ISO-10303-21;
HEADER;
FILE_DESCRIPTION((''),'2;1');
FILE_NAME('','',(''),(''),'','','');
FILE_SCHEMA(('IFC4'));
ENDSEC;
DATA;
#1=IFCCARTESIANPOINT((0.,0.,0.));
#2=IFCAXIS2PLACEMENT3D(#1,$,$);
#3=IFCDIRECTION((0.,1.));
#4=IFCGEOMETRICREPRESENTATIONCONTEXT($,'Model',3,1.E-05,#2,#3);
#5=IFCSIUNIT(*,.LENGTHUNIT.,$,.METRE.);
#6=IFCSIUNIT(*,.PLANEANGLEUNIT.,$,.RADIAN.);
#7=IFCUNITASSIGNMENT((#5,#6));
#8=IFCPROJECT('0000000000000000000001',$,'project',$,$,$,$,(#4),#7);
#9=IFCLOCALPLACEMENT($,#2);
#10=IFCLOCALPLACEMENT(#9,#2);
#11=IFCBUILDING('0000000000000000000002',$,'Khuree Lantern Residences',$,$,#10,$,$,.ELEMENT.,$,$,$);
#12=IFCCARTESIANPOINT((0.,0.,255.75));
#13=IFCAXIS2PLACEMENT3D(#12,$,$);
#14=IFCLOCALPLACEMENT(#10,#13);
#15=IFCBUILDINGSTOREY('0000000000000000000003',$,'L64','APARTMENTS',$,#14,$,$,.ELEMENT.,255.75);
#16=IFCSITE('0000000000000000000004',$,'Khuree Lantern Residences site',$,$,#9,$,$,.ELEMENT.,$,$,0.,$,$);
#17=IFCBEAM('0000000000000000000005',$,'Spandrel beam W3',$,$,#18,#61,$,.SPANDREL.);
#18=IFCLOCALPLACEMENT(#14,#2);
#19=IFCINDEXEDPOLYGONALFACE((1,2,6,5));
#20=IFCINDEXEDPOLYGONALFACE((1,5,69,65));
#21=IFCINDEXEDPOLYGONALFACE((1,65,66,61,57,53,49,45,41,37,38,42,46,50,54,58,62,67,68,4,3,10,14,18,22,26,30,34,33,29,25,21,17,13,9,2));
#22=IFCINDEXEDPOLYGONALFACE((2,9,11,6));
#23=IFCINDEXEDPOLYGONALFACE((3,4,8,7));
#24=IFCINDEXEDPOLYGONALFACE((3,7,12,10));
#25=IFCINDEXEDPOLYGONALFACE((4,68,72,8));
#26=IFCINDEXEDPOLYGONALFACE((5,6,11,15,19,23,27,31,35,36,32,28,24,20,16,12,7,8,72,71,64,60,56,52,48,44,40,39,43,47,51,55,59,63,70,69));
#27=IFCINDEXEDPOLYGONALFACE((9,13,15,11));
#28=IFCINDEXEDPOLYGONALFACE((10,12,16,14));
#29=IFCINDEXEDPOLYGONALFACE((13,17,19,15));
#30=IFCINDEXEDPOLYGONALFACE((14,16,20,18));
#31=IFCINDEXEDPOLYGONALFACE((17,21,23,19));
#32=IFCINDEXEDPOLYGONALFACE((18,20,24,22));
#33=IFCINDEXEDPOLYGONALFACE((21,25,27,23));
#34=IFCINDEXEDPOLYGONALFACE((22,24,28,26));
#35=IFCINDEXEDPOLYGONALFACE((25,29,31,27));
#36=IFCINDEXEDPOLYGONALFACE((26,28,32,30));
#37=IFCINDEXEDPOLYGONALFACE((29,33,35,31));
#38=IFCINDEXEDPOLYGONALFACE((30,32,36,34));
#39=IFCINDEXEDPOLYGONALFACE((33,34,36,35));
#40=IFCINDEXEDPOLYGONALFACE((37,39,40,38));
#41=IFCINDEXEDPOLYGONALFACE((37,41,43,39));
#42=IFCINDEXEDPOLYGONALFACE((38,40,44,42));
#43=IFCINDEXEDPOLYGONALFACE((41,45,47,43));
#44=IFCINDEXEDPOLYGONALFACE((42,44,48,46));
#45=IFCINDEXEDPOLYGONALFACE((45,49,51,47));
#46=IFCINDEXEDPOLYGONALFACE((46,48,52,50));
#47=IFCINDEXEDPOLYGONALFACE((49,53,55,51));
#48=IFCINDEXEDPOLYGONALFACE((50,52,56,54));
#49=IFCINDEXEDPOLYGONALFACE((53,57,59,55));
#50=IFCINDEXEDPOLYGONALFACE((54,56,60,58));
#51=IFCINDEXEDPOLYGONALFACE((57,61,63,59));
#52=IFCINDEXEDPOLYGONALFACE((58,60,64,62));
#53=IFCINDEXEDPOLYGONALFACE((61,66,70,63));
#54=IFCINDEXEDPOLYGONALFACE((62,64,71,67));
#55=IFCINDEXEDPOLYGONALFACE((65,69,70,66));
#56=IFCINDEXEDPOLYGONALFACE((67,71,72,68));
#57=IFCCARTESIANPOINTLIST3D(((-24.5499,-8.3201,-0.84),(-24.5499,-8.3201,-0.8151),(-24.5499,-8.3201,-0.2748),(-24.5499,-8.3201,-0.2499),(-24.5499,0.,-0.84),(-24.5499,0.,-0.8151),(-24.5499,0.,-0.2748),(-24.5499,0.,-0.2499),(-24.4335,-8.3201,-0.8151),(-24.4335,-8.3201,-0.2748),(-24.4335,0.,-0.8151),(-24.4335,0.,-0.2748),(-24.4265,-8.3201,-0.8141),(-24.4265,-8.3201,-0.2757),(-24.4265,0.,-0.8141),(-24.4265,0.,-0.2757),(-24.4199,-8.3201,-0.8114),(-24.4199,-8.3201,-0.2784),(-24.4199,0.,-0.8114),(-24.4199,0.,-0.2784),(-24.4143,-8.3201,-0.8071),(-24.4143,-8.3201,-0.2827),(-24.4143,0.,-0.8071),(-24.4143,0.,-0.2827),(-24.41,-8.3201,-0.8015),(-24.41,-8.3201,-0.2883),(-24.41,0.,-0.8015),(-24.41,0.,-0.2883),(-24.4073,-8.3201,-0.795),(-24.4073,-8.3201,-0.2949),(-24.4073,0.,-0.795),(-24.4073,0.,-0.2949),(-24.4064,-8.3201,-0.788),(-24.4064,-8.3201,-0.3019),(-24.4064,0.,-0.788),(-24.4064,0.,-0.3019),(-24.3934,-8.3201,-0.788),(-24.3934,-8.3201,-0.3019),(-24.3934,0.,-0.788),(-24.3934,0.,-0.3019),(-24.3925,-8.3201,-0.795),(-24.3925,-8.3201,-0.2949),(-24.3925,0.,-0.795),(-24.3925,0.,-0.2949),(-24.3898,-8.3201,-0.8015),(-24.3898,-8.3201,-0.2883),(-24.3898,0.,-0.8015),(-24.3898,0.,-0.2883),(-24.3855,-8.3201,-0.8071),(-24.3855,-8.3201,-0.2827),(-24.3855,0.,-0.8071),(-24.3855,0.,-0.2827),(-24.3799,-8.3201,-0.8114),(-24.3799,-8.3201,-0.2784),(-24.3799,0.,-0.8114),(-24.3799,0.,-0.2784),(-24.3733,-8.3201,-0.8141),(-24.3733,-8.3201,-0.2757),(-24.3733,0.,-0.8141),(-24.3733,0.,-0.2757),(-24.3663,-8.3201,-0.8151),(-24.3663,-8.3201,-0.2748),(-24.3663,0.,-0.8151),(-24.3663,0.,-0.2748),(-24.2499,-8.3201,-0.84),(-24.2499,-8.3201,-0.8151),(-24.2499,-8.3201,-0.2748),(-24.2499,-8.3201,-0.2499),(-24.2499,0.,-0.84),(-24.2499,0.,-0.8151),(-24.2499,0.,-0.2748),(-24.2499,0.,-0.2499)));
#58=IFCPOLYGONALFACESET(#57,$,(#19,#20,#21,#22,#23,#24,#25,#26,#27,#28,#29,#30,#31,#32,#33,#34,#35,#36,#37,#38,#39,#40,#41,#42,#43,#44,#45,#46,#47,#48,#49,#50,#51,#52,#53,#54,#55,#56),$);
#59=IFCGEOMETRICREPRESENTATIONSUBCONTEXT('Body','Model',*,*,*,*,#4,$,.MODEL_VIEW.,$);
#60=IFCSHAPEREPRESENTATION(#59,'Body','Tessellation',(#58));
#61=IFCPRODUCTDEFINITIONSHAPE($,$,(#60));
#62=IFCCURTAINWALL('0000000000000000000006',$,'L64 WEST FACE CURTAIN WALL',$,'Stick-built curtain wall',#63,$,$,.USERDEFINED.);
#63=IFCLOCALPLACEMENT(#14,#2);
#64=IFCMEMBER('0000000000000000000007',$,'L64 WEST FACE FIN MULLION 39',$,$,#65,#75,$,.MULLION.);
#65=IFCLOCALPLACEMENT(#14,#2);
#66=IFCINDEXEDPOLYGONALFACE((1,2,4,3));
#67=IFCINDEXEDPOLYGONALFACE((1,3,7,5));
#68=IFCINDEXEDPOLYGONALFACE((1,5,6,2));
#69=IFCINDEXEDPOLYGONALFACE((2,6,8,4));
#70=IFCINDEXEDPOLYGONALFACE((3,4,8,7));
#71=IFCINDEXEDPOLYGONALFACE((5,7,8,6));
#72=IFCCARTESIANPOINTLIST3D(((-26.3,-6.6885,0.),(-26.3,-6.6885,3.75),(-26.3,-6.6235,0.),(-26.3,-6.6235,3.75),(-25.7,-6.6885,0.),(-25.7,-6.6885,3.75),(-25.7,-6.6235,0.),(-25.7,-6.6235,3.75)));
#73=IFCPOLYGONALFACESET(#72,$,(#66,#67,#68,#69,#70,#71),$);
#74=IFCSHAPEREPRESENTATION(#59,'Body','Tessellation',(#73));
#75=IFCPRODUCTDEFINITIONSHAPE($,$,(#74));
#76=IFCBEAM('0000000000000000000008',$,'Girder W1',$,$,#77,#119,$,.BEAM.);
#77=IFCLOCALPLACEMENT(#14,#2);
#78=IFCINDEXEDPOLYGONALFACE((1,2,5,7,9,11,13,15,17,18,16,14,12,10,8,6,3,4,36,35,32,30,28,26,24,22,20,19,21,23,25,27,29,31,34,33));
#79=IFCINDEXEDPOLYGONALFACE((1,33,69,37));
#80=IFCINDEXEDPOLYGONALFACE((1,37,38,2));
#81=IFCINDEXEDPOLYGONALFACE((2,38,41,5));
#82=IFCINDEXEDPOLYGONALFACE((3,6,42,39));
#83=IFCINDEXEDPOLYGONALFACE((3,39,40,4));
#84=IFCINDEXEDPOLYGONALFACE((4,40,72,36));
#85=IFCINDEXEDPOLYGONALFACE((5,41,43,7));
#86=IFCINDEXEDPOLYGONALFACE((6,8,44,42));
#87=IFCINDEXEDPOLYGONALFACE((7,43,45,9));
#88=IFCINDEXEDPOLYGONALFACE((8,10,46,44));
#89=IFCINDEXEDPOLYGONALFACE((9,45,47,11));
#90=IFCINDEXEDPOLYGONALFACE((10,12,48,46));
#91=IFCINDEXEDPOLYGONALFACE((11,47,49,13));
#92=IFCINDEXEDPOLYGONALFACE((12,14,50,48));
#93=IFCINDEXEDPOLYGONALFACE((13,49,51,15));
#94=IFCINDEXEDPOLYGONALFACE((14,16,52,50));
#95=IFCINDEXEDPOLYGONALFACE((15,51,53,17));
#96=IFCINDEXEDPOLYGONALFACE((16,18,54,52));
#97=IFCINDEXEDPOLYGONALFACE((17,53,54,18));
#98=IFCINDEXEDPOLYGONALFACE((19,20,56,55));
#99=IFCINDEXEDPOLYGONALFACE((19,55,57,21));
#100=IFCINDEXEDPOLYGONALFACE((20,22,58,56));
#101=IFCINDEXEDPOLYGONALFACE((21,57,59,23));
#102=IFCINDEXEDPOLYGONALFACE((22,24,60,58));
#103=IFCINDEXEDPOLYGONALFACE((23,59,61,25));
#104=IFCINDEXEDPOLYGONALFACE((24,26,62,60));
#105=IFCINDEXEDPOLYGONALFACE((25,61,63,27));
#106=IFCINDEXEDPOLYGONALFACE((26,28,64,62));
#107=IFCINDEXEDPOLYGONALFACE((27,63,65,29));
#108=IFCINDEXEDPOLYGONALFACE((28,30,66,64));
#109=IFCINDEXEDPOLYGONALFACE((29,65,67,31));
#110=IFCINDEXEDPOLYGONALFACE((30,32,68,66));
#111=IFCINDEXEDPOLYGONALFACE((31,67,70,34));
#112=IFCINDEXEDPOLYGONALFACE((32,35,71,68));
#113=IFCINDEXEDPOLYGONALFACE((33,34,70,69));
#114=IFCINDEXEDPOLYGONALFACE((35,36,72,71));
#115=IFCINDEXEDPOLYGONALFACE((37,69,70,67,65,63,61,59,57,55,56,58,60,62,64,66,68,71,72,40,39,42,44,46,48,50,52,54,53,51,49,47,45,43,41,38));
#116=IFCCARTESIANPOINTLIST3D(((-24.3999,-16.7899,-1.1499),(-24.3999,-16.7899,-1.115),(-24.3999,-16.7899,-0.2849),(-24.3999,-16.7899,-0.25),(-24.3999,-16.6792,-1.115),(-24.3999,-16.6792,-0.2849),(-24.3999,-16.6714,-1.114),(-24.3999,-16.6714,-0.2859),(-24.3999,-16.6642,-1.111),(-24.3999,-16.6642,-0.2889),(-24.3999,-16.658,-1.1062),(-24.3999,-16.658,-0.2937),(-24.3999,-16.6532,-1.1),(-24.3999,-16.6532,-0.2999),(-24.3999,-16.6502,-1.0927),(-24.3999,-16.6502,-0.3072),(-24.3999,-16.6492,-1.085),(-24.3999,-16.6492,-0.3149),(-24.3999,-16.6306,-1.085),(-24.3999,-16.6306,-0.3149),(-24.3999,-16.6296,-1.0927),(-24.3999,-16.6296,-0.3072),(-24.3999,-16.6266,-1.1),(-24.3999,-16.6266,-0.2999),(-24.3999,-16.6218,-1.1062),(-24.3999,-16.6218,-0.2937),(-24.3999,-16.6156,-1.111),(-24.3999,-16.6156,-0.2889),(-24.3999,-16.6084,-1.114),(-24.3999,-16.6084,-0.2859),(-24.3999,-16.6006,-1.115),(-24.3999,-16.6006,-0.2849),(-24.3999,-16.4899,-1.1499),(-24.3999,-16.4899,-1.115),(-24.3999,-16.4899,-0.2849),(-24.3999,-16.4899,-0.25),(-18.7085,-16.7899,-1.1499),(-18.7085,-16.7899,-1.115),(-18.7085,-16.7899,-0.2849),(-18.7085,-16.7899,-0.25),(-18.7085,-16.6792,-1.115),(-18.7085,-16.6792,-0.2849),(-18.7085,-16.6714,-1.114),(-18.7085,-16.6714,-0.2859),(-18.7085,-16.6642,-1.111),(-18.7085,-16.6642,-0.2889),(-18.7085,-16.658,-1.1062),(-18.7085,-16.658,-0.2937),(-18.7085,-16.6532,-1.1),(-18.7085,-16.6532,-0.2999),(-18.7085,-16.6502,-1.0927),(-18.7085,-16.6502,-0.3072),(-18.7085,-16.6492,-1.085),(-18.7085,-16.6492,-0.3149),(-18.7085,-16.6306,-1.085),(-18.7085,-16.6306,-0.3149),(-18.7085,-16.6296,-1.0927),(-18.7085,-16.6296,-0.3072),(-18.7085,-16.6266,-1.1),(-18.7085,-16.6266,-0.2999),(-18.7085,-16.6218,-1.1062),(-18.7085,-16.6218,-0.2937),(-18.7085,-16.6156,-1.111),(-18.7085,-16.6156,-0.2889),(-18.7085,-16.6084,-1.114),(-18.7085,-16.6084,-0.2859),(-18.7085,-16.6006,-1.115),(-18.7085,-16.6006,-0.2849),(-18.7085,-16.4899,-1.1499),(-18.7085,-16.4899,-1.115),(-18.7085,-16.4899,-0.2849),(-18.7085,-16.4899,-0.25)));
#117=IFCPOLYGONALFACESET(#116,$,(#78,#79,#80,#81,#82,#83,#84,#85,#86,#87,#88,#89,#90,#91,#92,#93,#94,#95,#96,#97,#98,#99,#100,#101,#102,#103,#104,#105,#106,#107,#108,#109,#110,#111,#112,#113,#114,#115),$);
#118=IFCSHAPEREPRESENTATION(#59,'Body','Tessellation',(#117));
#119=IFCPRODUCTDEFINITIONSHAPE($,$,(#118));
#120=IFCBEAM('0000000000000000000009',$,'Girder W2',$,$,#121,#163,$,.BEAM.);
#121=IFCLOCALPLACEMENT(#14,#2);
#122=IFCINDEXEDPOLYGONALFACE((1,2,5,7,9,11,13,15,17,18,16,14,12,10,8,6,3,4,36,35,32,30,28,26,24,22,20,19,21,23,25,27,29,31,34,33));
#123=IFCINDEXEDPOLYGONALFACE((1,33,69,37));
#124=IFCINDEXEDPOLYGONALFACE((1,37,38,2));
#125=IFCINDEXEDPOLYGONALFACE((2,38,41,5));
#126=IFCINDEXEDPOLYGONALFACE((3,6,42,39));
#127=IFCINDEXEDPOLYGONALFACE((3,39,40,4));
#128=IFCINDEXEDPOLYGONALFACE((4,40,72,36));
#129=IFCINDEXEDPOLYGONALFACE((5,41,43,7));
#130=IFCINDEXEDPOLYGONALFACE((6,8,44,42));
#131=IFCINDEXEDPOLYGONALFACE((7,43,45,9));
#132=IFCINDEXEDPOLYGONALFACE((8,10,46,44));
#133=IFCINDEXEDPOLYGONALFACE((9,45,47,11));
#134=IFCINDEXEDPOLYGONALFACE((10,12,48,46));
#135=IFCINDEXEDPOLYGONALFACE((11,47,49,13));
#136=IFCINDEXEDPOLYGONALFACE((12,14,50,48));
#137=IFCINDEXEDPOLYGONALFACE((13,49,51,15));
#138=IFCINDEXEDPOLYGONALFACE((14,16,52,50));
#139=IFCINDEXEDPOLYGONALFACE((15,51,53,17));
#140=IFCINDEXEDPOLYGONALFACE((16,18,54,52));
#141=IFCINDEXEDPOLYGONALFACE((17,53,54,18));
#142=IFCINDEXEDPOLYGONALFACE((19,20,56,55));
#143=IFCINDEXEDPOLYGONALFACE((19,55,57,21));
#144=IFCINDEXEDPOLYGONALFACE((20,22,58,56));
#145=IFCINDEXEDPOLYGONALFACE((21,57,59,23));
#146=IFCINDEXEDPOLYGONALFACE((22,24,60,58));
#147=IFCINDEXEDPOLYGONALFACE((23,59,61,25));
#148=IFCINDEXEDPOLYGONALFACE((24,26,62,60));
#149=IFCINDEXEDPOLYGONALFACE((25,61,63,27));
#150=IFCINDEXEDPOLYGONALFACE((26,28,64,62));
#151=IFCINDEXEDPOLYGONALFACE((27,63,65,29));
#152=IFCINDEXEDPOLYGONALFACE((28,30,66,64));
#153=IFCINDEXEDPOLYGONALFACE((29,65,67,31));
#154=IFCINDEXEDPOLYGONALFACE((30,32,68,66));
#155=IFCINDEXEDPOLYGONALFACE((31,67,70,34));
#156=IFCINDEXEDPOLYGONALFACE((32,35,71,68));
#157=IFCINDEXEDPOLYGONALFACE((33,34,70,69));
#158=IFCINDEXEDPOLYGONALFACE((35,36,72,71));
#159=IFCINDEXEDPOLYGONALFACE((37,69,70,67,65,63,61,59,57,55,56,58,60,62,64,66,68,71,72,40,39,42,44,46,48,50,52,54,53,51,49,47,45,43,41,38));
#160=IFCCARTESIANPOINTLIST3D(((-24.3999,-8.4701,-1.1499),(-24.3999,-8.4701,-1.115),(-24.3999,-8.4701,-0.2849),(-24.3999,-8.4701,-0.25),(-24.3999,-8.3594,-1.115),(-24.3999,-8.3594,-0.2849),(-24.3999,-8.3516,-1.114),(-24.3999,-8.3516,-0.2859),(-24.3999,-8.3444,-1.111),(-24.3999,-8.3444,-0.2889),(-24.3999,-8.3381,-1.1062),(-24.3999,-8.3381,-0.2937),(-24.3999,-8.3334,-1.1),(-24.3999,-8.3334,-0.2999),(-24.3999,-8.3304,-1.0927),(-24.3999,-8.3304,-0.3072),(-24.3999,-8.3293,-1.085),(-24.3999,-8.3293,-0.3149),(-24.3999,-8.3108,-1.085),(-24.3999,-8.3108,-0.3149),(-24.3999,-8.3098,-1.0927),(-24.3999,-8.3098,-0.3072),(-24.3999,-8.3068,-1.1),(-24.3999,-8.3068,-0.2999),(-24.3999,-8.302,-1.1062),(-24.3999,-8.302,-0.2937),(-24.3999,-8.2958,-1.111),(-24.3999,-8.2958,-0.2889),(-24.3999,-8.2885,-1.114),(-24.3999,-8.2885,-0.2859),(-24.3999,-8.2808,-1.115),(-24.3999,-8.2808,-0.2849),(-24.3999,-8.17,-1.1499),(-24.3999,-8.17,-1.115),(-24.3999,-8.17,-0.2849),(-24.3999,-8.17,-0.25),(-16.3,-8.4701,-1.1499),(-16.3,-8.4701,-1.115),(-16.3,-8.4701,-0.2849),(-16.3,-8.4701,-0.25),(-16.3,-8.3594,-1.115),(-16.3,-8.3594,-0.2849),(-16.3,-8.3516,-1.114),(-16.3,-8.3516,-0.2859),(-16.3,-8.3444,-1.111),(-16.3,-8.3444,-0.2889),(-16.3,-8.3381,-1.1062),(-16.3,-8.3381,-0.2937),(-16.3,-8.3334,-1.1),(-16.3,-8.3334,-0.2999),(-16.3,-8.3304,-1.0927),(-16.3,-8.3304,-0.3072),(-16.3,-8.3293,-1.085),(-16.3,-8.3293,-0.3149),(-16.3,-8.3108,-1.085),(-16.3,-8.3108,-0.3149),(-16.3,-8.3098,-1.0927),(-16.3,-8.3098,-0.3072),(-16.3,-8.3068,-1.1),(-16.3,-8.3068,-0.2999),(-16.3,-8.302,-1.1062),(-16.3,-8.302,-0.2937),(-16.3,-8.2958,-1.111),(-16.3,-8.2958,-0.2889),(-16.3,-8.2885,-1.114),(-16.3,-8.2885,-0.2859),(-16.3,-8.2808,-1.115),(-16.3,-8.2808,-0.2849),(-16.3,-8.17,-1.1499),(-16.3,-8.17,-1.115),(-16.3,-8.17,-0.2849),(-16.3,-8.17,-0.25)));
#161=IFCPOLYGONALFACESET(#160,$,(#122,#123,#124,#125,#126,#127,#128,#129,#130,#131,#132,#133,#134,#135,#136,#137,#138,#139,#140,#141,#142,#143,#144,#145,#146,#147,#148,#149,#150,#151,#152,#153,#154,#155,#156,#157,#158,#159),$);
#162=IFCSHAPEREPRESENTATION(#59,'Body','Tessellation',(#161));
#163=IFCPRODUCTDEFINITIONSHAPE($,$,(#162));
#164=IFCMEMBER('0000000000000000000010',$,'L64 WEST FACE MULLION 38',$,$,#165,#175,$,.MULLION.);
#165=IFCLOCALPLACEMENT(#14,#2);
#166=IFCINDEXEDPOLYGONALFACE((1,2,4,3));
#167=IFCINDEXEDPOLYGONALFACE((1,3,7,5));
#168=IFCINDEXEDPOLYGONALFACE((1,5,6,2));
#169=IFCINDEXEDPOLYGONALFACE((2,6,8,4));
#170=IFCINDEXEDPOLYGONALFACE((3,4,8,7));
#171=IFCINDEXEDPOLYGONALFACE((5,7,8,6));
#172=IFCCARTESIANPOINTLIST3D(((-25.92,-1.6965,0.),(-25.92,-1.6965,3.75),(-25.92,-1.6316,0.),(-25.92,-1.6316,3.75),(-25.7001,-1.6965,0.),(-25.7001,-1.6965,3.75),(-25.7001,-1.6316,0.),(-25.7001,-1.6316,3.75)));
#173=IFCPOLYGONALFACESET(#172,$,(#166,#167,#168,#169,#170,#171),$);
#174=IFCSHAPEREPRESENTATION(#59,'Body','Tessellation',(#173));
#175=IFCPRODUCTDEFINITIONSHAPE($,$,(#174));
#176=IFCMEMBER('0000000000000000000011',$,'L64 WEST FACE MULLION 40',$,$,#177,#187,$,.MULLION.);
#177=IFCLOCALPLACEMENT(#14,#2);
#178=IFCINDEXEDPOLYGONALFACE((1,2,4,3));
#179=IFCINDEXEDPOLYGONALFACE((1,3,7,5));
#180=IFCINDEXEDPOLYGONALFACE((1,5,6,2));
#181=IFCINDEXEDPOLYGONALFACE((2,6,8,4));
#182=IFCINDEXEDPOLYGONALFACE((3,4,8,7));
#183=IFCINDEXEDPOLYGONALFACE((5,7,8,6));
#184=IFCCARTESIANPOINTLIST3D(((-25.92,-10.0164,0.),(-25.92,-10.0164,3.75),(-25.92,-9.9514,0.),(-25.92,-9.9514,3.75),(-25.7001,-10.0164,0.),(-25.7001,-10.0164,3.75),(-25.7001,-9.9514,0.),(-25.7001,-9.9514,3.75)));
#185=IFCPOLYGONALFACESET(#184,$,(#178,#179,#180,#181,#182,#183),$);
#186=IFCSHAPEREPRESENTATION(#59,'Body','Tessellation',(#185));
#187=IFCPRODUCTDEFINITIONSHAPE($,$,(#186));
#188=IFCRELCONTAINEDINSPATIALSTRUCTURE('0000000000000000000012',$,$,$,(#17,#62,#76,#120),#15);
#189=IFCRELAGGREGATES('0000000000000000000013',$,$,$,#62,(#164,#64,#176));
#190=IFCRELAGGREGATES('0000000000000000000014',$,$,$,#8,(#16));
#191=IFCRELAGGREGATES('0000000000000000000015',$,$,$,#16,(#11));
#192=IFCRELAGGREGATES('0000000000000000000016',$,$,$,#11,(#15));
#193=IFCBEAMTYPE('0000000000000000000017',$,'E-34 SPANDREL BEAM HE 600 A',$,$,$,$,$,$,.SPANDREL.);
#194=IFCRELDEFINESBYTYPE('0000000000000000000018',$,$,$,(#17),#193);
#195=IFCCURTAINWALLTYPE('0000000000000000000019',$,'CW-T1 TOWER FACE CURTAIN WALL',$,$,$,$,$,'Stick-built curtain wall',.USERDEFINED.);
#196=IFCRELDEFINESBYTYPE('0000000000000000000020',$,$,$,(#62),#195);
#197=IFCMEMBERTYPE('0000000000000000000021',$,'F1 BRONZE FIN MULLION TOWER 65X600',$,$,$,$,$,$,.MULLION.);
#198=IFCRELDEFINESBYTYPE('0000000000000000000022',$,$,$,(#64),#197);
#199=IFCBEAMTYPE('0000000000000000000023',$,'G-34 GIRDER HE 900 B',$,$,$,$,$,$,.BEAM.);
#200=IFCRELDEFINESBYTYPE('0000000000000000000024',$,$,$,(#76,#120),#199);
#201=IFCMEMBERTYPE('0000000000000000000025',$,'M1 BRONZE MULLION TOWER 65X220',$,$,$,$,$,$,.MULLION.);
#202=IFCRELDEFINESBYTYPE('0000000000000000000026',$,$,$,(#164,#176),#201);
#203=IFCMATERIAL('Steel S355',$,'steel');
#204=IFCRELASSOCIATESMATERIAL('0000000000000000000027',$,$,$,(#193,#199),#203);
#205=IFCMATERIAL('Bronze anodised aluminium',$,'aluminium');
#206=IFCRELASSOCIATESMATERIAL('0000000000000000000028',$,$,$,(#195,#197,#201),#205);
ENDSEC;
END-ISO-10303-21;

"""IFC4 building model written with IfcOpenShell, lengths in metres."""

from ifc_helpers import new_model, si_unit, direction, frame, origin, origin_2d, place, context, subcontext, project, spatial, rectangle, i_section, extrude, material, material_profile, profile_set, type_object, element, aggregate, save


model = new_model("IFC4")

# Units and contexts
model_context = context("Model", 3, precision=1e-05, world=origin(), true_north=direction((0.0, 1.0)))
body_context = subcontext(model_context, "Body", "Model", "MODEL_VIEW")
ifc_project = project(units=[si_unit("LENGTHUNIT", "METRE"), si_unit("PLANEANGLEUNIT", "RADIAN")], contexts=[model_context])

# Site, building, storey
site_placement = place(None, origin())
site = spatial("IfcSite", under=ifc_project, at=site_placement, Name="Khuree Lantern Residences site", CompositionType="ELEMENT", RefElevation=0.0)
building_placement = place(site_placement, origin())
building = spatial("IfcBuilding", under=site, at=building_placement, Name="Khuree Lantern Residences", CompositionType="ELEMENT")
storey_placement = place(building_placement, frame((0.0, 0.0, 255.75)))
storey = spatial("IfcBuildingStorey", under=building, at=storey_placement, Name="L64", Description="APARTMENTS", CompositionType="ELEMENT", Elevation=255.75)

# Beam
ifc_material_1 = material(Name="Steel S355", Category="steel")
ifc_material_profile_1 = material_profile(ifc_material_1, i_section(OverallWidth=0.3, OverallDepth=0.5901, WebThickness=0.0129, FlangeThickness=0.0249, FilletRadius=0.0271, at=origin_2d()), Name="HE 600 A")
ifc_profile_set_1 = profile_set([ifc_material_profile_1], Name="Steel S355")
beam_type_1 = type_object("IfcBeamType", Name="E-34 SPANDREL BEAM HE 600 A", PredefinedType="SPANDREL", material=ifc_profile_set_1)
beam_1_placement = place(storey_placement, frame((-24.3999, -8.3201, -0.5449), z_axis=(0.0, 1.0, 0.0), x_axis=(-1.0, 0.0, 0.0)))
element("IfcBeam", 1, at=beam_1_placement, inside=storey, type_object=beam_type_1, Name="Spandrel beam W3", PredefinedType="SPANDREL", context=body_context, shape_type="SweptSolid", body=[
    extrude(i_section(OverallWidth=0.3, OverallDepth=0.5901, WebThickness=0.0129, FlangeThickness=0.0249, FilletRadius=0.0271, at=origin_2d()), origin(), (0.0, 0.0, 1.0), 8.3201),
])

# Curtain wall, member
ifc_material_2 = material(Name="Bronze anodised aluminium", Category="aluminium")
curtain_wall_type = type_object("IfcCurtainWallType", Name="CW-T1 TOWER FACE CURTAIN WALL", ElementType="Stick-built curtain wall", PredefinedType="USERDEFINED", material=ifc_material_2)
curtain_wall_placement = place(storey_placement, origin())
curtain_wall = element("IfcCurtainWall", 2, at=curtain_wall_placement, inside=storey, type_object=curtain_wall_type, Name="L64 WEST FACE CURTAIN WALL", ObjectType="Stick-built curtain wall", PredefinedType="USERDEFINED")
ifc_material_profile_2 = material_profile(ifc_material_2, rectangle(XDim=0.0649, YDim=0.6001, at=origin_2d()), Name="F1 65X600")
ifc_profile_set_2 = profile_set([ifc_material_profile_2], Name="Bronze anodised aluminium")
member_type_1 = type_object("IfcMemberType", Name="F1 BRONZE FIN MULLION TOWER 65X600", PredefinedType="MULLION", material=ifc_profile_set_2)
member_1_placement = place(storey_placement, frame((-26.0, -6.656, 0.0), z_axis=(0.0, 0.0, 1.0), x_axis=(0.0, -1.0, 0.0)))
member_1 = element("IfcMember", 3, at=member_1_placement, type_object=member_type_1, Name="L64 WEST FACE FIN MULLION 39", PredefinedType="MULLION", context=body_context, shape_type="SweptSolid", body=[
    extrude(rectangle(XDim=0.0649, YDim=0.6001, at=origin_2d()), origin(), (0.0, 0.0, 1.0), 3.75),
])

# Beams
ifc_material_profile_3 = material_profile(ifc_material_1, i_section(OverallWidth=0.3, OverallDepth=0.8999, WebThickness=0.0186, FlangeThickness=0.0349, FilletRadius=0.03, at=origin_2d()), Name="HE 900 B")
ifc_profile_set_3 = profile_set([ifc_material_profile_3], Name="Steel S355")
beam_type_2 = type_object("IfcBeamType", Name="G-34 GIRDER HE 900 B", PredefinedType="BEAM", material=ifc_profile_set_3)
beam_2_placement = place(storey_placement, frame((-24.3999, -16.6399, -0.7), z_axis=(1.0, 0.0, 0.0), x_axis=(0.0, 1.0, 0.0)))
element("IfcBeam", 4, at=beam_2_placement, inside=storey, type_object=beam_type_2, Name="Girder W1", PredefinedType="BEAM", context=body_context, shape_type="SweptSolid", body=[
    extrude(i_section(OverallWidth=0.3, OverallDepth=0.8999, WebThickness=0.0186, FlangeThickness=0.0349, FilletRadius=0.03, at=origin_2d()), origin(), (0.0, 0.0, 1.0), 5.6914),
])
beam_3_placement = place(storey_placement, frame((-24.3999, -8.3201, -0.7), z_axis=(1.0, 0.0, 0.0), x_axis=(0.0, 1.0, 0.0)))
element("IfcBeam", 5, at=beam_3_placement, inside=storey, type_object=beam_type_2, Name="Girder W2", PredefinedType="BEAM", context=body_context, shape_type="SweptSolid", body=[
    extrude(i_section(OverallWidth=0.3, OverallDepth=0.8999, WebThickness=0.0186, FlangeThickness=0.0349, FilletRadius=0.03, at=origin_2d()), origin(), (0.0, 0.0, 1.0), 8.0999),
])

# Members
ifc_material_profile_4 = material_profile(ifc_material_2, rectangle(XDim=0.0649, YDim=0.22, at=origin_2d()), Name="M1 65X220")
ifc_profile_set_4 = profile_set([ifc_material_profile_4], Name="Bronze anodised aluminium")
member_type_2 = type_object("IfcMemberType", Name="M1 BRONZE MULLION TOWER 65X220", PredefinedType="MULLION", material=ifc_profile_set_4)
member_2_placement = place(storey_placement, frame((-25.8101, -1.6641, 0.0), z_axis=(0.0, 0.0, 1.0), x_axis=(0.0, -1.0, 0.0)))
member_2 = element("IfcMember", 6, at=member_2_placement, type_object=member_type_2, Name="L64 WEST FACE MULLION 38", PredefinedType="MULLION", context=body_context, shape_type="SweptSolid", body=[
    extrude(rectangle(XDim=0.0649, YDim=0.22, at=origin_2d()), origin(), (0.0, 0.0, 1.0), 3.75),
])
member_3_placement = place(storey_placement, frame((-25.8101, -9.9839, 0.0), z_axis=(0.0, 0.0, 1.0), x_axis=(0.0, -1.0, 0.0)))
member_3 = element("IfcMember", 7, at=member_3_placement, type_object=member_type_2, Name="L64 WEST FACE MULLION 40", PredefinedType="MULLION", context=body_context, shape_type="SweptSolid", body=[
    extrude(rectangle(XDim=0.0649, YDim=0.22, at=origin_2d()), origin(), (0.0, 0.0, 1.0), 3.75),
])

aggregate(curtain_wall, [member_2, member_1, member_3])

save(model, "model.ifc")
